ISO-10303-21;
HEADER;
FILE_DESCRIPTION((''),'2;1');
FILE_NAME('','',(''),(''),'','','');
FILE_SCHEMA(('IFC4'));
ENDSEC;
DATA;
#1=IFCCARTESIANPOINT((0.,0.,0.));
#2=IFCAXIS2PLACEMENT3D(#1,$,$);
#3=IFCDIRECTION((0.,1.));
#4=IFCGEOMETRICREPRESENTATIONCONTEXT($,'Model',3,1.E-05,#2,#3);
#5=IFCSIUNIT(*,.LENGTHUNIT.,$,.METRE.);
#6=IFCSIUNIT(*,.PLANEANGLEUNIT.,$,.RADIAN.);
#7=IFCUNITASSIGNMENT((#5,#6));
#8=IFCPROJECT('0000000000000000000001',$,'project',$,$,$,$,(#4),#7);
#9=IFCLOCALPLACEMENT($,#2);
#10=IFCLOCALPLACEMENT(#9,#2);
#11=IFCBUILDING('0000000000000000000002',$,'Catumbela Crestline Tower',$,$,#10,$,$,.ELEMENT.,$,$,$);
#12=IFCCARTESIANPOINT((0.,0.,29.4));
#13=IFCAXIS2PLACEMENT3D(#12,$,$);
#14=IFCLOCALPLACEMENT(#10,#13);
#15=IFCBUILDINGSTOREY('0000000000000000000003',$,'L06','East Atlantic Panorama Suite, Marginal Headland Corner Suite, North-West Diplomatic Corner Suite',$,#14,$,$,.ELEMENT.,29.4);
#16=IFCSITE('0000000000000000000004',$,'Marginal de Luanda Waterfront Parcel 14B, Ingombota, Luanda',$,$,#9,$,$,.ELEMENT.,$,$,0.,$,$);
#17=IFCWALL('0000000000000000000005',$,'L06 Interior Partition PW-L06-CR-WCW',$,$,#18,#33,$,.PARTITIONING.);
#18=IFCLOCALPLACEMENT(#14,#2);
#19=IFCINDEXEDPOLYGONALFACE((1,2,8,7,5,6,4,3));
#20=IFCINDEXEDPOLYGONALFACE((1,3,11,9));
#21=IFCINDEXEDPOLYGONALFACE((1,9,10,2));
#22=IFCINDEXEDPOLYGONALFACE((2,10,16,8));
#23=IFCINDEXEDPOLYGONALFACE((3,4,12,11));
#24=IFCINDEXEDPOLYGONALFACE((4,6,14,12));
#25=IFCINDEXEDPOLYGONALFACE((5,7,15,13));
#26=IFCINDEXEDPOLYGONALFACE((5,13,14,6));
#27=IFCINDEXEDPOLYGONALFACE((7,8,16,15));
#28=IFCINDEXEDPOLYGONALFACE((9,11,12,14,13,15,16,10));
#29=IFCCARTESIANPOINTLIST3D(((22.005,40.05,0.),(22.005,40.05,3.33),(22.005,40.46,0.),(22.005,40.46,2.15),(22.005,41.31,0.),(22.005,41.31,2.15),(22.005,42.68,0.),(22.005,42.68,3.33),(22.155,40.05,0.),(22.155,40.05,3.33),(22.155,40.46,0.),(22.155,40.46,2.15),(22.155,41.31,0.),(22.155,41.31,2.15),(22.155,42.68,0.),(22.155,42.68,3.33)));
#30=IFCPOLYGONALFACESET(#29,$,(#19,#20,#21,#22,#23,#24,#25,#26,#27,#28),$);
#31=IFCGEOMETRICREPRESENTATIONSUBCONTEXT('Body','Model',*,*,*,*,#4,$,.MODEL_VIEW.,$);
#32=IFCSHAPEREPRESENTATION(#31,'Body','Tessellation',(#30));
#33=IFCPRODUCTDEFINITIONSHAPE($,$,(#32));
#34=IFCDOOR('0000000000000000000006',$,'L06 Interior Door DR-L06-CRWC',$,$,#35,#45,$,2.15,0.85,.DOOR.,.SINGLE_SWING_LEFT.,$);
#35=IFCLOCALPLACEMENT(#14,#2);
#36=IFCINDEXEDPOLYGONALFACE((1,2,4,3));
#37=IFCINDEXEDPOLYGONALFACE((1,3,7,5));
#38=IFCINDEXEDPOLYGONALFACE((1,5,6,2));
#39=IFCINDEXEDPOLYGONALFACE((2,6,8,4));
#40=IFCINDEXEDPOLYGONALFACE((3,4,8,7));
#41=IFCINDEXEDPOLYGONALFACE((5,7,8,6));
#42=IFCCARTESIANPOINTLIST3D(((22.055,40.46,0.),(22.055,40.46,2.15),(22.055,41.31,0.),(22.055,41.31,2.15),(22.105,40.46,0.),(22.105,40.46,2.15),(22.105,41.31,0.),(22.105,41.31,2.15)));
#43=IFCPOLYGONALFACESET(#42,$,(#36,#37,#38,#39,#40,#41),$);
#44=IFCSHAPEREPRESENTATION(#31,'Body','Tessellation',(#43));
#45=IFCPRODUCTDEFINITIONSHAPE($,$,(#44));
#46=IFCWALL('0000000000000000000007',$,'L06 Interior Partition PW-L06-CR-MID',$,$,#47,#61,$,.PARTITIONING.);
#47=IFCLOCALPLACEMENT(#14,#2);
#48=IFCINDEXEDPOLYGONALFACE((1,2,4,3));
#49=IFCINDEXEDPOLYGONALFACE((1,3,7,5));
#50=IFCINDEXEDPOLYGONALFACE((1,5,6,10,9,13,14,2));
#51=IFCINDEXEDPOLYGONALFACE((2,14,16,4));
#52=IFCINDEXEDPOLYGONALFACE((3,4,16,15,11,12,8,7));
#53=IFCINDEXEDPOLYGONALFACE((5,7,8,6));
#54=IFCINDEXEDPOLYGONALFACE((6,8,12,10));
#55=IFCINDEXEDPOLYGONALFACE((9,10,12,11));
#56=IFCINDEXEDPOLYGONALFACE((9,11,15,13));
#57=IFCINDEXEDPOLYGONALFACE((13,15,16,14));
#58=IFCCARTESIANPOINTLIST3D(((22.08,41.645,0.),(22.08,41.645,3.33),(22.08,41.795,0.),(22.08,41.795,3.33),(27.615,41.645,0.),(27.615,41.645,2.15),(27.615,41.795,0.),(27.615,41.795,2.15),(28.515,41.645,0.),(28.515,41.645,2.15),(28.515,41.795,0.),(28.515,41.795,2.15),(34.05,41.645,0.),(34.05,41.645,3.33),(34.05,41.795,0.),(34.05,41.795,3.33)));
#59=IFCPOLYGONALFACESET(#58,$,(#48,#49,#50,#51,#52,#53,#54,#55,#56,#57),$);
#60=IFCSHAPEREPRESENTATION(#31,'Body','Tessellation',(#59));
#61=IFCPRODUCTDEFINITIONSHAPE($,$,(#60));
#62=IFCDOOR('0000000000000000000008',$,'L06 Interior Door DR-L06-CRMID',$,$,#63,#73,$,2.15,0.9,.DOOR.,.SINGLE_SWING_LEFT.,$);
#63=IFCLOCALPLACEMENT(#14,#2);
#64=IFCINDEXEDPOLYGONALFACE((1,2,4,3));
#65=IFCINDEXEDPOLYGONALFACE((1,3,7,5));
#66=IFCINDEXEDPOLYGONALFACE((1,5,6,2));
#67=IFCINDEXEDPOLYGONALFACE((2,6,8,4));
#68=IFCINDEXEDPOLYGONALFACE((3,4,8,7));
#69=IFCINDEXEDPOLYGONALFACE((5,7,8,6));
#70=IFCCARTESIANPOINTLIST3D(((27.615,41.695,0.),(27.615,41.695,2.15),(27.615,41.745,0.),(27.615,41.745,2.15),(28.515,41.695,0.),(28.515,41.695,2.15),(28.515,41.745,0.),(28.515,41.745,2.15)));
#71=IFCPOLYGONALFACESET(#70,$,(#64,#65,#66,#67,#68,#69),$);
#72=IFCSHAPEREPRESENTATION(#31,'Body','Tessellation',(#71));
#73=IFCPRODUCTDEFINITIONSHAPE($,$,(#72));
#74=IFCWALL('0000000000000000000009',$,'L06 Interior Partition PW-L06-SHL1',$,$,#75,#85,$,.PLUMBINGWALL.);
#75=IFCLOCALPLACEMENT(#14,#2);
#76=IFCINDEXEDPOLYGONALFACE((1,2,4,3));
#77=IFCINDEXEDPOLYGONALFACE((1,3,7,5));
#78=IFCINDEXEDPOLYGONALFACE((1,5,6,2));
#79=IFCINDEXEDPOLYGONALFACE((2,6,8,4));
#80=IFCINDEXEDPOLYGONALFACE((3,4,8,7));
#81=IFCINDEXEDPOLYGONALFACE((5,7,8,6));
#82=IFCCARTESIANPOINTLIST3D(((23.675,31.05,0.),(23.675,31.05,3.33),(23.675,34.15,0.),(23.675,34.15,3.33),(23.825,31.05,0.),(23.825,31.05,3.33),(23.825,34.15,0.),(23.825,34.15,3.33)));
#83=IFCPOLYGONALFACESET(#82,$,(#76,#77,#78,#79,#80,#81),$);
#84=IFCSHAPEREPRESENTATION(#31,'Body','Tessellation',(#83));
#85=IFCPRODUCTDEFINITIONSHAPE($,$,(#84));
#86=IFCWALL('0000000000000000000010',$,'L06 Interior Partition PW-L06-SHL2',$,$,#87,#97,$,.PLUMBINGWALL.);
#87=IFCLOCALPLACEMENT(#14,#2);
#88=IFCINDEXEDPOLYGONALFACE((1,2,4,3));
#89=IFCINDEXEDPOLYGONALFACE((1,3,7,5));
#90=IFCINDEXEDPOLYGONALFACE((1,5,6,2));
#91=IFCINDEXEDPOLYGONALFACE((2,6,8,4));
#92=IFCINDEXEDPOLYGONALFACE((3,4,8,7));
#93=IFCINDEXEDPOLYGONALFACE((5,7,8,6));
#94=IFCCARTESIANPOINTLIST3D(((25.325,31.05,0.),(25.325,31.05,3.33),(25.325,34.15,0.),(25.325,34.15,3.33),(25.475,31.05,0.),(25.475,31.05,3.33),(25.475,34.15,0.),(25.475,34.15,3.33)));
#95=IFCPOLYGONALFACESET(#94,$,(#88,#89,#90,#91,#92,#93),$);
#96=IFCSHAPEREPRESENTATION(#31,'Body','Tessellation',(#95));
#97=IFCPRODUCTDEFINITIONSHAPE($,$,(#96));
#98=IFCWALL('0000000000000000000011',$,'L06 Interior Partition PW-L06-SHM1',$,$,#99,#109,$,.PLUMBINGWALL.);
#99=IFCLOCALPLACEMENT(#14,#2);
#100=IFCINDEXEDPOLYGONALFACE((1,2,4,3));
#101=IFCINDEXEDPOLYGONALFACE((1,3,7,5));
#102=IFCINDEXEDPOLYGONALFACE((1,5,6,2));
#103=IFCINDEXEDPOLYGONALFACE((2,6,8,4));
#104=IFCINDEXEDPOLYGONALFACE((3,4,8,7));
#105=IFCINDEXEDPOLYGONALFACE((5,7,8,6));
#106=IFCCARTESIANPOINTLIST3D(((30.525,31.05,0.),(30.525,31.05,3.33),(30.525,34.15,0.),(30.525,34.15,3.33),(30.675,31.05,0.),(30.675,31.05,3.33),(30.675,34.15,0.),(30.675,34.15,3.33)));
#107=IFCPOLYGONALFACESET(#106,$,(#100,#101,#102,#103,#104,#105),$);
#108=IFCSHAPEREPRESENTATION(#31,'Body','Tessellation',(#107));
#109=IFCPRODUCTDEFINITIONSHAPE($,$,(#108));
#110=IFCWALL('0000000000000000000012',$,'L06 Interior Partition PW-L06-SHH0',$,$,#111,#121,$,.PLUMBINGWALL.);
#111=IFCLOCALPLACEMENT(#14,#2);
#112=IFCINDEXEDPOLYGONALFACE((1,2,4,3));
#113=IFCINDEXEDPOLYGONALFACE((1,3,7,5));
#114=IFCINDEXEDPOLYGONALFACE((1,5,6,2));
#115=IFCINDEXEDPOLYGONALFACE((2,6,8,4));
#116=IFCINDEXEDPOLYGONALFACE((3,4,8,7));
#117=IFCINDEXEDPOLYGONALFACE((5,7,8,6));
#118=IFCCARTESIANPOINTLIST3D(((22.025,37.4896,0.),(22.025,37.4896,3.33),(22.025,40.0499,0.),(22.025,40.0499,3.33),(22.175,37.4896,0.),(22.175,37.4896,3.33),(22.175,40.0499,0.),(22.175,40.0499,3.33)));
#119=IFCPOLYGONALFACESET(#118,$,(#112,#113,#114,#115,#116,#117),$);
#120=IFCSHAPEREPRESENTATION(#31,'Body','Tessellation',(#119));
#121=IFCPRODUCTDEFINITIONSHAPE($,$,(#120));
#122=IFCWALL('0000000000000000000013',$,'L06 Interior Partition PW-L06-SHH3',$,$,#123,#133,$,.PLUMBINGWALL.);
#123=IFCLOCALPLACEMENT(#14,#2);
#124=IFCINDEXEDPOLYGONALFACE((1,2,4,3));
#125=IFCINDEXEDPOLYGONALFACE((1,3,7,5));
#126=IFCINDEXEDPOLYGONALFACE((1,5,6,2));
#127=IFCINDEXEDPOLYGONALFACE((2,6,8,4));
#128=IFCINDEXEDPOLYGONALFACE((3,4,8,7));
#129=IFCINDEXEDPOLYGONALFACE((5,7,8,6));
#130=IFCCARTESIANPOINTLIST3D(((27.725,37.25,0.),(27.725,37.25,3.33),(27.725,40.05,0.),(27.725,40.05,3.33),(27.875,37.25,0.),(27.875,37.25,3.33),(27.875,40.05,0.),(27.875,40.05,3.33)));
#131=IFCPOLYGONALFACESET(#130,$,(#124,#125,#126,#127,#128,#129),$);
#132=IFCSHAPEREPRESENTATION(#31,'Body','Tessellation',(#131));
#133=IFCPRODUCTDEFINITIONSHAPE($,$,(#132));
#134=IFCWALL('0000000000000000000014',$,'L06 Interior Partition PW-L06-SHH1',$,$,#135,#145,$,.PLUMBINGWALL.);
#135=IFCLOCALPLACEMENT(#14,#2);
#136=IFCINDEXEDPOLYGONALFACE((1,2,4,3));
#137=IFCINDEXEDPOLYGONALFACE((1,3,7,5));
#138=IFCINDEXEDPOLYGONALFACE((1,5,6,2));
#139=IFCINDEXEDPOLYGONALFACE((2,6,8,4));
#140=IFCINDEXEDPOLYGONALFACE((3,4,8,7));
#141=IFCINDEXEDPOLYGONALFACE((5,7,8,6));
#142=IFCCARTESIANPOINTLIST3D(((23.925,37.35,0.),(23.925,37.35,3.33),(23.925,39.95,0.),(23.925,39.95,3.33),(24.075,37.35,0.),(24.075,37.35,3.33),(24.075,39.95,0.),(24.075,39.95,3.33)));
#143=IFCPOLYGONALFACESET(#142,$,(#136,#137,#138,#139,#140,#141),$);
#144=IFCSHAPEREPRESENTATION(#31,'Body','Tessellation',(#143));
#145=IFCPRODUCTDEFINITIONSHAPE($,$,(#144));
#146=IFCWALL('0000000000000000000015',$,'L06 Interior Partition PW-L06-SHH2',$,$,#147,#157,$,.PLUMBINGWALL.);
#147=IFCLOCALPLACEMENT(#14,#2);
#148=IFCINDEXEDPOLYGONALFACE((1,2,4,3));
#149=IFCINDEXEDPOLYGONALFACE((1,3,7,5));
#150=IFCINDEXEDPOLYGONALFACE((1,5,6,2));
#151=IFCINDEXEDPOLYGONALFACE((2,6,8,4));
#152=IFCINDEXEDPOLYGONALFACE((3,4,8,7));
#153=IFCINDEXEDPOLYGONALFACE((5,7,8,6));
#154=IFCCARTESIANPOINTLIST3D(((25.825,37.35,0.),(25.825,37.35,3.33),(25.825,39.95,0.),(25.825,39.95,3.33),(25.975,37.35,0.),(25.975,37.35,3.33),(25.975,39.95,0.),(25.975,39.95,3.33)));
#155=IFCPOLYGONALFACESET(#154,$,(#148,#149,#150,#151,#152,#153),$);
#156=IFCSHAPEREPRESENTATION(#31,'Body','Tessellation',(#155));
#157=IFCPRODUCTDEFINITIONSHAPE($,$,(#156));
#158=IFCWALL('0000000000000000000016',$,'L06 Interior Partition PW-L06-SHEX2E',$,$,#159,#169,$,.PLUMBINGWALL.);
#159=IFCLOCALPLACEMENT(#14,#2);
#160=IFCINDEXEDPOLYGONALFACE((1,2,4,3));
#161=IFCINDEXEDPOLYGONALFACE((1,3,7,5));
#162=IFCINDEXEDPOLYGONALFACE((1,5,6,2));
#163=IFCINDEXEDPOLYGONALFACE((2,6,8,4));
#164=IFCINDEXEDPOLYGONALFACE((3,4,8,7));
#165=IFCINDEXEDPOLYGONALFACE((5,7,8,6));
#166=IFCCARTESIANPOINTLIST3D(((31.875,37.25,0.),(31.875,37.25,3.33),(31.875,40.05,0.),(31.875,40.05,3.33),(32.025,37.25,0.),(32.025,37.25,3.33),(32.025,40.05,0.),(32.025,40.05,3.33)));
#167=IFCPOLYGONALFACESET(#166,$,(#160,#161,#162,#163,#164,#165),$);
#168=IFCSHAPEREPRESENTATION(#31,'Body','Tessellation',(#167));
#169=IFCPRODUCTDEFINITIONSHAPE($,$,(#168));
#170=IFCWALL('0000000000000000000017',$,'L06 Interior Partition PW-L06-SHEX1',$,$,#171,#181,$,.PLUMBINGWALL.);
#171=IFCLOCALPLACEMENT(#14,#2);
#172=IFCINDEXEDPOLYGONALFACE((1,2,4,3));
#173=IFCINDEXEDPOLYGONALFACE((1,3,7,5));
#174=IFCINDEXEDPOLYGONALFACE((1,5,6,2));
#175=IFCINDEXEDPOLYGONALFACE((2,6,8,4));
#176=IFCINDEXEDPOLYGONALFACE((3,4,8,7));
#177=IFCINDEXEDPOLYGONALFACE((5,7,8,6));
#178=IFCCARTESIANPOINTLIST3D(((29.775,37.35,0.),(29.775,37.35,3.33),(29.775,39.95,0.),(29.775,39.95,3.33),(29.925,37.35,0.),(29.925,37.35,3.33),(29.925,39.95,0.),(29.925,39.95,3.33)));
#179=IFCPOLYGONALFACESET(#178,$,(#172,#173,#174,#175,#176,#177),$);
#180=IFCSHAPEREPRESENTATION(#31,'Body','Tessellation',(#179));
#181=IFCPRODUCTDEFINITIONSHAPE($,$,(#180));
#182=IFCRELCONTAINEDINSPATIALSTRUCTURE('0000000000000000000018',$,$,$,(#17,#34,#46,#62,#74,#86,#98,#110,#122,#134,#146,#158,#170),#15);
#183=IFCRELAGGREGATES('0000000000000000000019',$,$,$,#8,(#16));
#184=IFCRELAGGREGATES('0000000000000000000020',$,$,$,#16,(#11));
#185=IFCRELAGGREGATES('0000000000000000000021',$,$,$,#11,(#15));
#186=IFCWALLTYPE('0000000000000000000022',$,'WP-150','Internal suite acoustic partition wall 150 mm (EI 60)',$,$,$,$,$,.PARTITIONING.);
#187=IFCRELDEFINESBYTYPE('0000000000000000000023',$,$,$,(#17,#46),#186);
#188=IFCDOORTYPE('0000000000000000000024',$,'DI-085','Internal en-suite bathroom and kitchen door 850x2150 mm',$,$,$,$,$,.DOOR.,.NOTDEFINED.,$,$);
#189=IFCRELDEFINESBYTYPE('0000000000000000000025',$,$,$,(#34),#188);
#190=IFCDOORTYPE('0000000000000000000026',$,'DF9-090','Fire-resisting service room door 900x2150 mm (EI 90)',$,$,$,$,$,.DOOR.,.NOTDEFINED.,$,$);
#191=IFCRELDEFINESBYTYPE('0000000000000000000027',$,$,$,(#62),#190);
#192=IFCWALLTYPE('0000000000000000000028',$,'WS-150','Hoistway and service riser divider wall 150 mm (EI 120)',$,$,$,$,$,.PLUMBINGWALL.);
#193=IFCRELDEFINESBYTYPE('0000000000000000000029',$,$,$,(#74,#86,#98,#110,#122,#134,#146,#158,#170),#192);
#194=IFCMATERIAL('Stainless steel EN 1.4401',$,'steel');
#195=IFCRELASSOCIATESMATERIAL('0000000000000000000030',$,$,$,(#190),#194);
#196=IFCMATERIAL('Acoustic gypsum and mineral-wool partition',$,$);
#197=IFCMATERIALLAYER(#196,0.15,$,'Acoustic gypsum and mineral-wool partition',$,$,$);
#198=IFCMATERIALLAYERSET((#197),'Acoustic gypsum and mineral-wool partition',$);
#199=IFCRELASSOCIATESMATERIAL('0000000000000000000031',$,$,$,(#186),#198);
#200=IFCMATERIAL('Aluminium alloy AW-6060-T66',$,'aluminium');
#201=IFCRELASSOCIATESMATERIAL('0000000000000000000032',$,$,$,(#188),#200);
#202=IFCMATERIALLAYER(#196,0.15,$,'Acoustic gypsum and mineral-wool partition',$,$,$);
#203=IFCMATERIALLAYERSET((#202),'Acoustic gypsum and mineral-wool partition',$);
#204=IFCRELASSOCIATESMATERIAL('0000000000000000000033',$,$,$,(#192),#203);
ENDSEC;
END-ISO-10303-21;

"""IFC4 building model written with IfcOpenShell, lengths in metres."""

from ifc_helpers import new_model, si_unit, direction, frame, frame_2d, origin, place, context, subcontext, project, spatial, rectangle, extrude, material, layer, layer_set, type_object, element, fill, save


model = new_model("IFC4")

# Units and contexts
model_context = context("Model", 3, precision=1e-05, world=origin(), true_north=direction((0.0, 1.0)))
body_context = subcontext(model_context, "Body", "Model", "MODEL_VIEW")
ifc_project = project(units=[si_unit("LENGTHUNIT", "METRE"), si_unit("PLANEANGLEUNIT", "RADIAN")], contexts=[model_context])

# Site, building, storey
site_placement = place(None, origin())
site = spatial("IfcSite", under=ifc_project, at=site_placement, Name="Marginal de Luanda Waterfront Parcel 14B, Ingombota, Luanda", CompositionType="ELEMENT", RefElevation=0.0)
building_placement = place(site_placement, origin())
building = spatial("IfcBuilding", under=site, at=building_placement, Name="Catumbela Crestline Tower", CompositionType="ELEMENT")
storey_placement = place(building_placement, frame((0.0, 0.0, 29.4)))
storey = spatial("IfcBuildingStorey", under=building, at=storey_placement, Name="L06", Description="East Atlantic Panorama Suite, Marginal Headland Corner Suite, North-West Diplomatic Corner Suite", CompositionType="ELEMENT", Elevation=29.4)

# Shared definitions
ifc_material_1 = material(Name="Aluminium alloy AW-6060-T66", Category="aluminium")

# Shared definitions
ifc_material_2 = material(Name="Stainless steel EN 1.4401", Category="steel")

# Shared definitions
door_type_1 = type_object("IfcDoorType", Name="DF9-090", Description="Fire-resisting service room door 900x2150 mm (EI 90)", OperationType="NOTDEFINED", PredefinedType="DOOR", material=ifc_material_2)

# Walls, openings, doors
ifc_material_3 = material(Name="Acoustic gypsum and mineral-wool partition")
ifc_layer_1 = layer(ifc_material_3, 0.15, Name="Acoustic gypsum and mineral-wool partition")
ifc_layer_set_1 = layer_set([ifc_layer_1], Name="Acoustic gypsum and mineral-wool partition")
wall_type_1 = type_object("IfcWallType", Name="WP-150", Description="Internal suite acoustic partition wall 150 mm (EI 60)", PredefinedType="PARTITIONING", material=ifc_layer_set_1)
wall_1_placement = place(storey_placement, frame((22.08, 40.05, 0.0), z_axis=(0.0, 0.0, 1.0), x_axis=(0.0, 1.0, 0.0)))
wall_1 = element("IfcWall", 1, at=wall_1_placement, inside=storey, type_object=wall_type_1, Name="L06 Interior Partition PW-L06-CR-WCW", PredefinedType="PARTITIONING", context=body_context, shape_type="SweptSolid", body=[
    extrude(rectangle(XDim=2.63, YDim=0.15, at=frame_2d((1.315, 0.0))), origin(), (0.0, 0.0, 1.0), 3.33),
])
opening_1_placement = place(wall_1_placement, frame((0.41, 0.0, 0.0)))
opening_1 = element("IfcOpeningElement", 2, at=opening_1_placement, cuts=wall_1, PredefinedType="OPENING", context=body_context, shape_type="SweptSolid", body=[
    extrude(rectangle(XDim=0.85, YDim=2.15, at=frame_2d((0.425, 1.075))), frame((0.0, 0.085, 0.0), z_axis=(0.0, -1.0, 0.0), x_axis=(1.0, 0.0, 0.0)), (0.0, 0.0, 1.0), 0.17),
])
door_type_2 = type_object("IfcDoorType", Name="DI-085", Description="Internal en-suite bathroom and kitchen door 850x2150 mm", OperationType="NOTDEFINED", PredefinedType="DOOR", material=ifc_material_1)
door_1_placement = place(opening_1_placement, origin())
door_1 = element("IfcDoor", 3, at=door_1_placement, inside=storey, type_object=door_type_2, Name="L06 Interior Door DR-L06-CRWC", OperationType="SINGLE_SWING_LEFT", OverallHeight=2.15, OverallWidth=0.85, PredefinedType="DOOR", context=body_context, shape_type="SweptSolid", body=[
    extrude(rectangle(XDim=0.85, YDim=2.15, at=frame_2d((0.425, 1.075))), frame((0.0, 0.025, 0.0), z_axis=(0.0, -1.0, 0.0), x_axis=(1.0, 0.0, 0.0)), (0.0, 0.0, 1.0), 0.05),
])
fill(opening_1, door_1)
wall_2_placement = place(storey_placement, frame((22.08, 41.72, 0.0), z_axis=(0.0, 0.0, 1.0), x_axis=(1.0, 0.0, 0.0)))
wall_2 = element("IfcWall", 4, at=wall_2_placement, inside=storey, type_object=wall_type_1, Name="L06 Interior Partition PW-L06-CR-MID", PredefinedType="PARTITIONING", context=body_context, shape_type="SweptSolid", body=[
    extrude(rectangle(XDim=11.97, YDim=0.15, at=frame_2d((5.985, 0.0))), origin(), (0.0, 0.0, 1.0), 3.33),
])
opening_2_placement = place(wall_2_placement, frame((5.535, 0.0, 0.0)))
opening_2 = element("IfcOpeningElement", 5, at=opening_2_placement, cuts=wall_2, PredefinedType="OPENING", context=body_context, shape_type="SweptSolid", body=[
    extrude(rectangle(XDim=0.9, YDim=2.15, at=frame_2d((0.45, 1.075))), frame((0.0, 0.085, 0.0), z_axis=(0.0, -1.0, 0.0), x_axis=(1.0, 0.0, 0.0)), (0.0, 0.0, 1.0), 0.17),
])
door_2_placement = place(opening_2_placement, origin())
door_2 = element("IfcDoor", 6, at=door_2_placement, inside=storey, type_object=door_type_1, Name="L06 Interior Door DR-L06-CRMID", OperationType="SINGLE_SWING_LEFT", OverallHeight=2.15, OverallWidth=0.9, PredefinedType="DOOR", context=body_context, shape_type="SweptSolid", body=[
    extrude(rectangle(XDim=0.9, YDim=2.15, at=frame_2d((0.45, 1.075))), frame((0.0, 0.025, 0.0), z_axis=(0.0, -1.0, 0.0), x_axis=(1.0, 0.0, 0.0)), (0.0, 0.0, 1.0), 0.05),
])
fill(opening_2, door_2)

# Walls
ifc_layer_2 = layer(ifc_material_3, 0.15, Name="Acoustic gypsum and mineral-wool partition")
ifc_layer_set_2 = layer_set([ifc_layer_2], Name="Acoustic gypsum and mineral-wool partition")
wall_type_2 = type_object("IfcWallType", Name="WS-150", Description="Hoistway and service riser divider wall 150 mm (EI 120)", PredefinedType="PLUMBINGWALL", material=ifc_layer_set_2)
for number, where, z_axis, x_axis, name in (
    (7, (23.75, 31.05, 0.0), (0.0, 0.0, 1.0), (0.0, 1.0, 0.0), "L06 Interior Partition PW-L06-SHL1"),
    (8, (25.4, 31.05, 0.0), (0.0, 0.0, 1.0), (0.0, 1.0, 0.0), "L06 Interior Partition PW-L06-SHL2"),
    (9, (30.6, 31.05, 0.0), (0.0, 0.0, 1.0), (0.0, 1.0, 0.0), "L06 Interior Partition PW-L06-SHM1"),
):
    element("IfcWall", number, at=place(storey_placement, frame(where, z_axis=z_axis, x_axis=x_axis)), inside=storey, type_object=wall_type_2, Name=name, PredefinedType="PLUMBINGWALL", context=body_context, shape_type="SweptSolid", body=[
        extrude(rectangle(XDim=3.1, YDim=0.15, at=frame_2d((1.55, 0.0))), origin(), (0.0, 0.0, 1.0), 3.33),
    ])
wall_3_placement = place(storey_placement, frame((22.1, 37.4897, 0.0), z_axis=(0.0, 0.0, 1.0), x_axis=(0.0, 1.0, 0.0)))
element("IfcWall", 10, at=wall_3_placement, inside=storey, type_object=wall_type_2, Name="L06 Interior Partition PW-L06-SHH0", PredefinedType="PLUMBINGWALL", context=body_context, shape_type="SweptSolid", body=[
    extrude(rectangle(XDim=2.5603, YDim=0.15, at=frame_2d((1.2801, 0.0))), origin(), (0.0, 0.0, 1.0), 3.33),
])
wall_4_placement = place(storey_placement, frame((27.8, 37.25, 0.0), z_axis=(0.0, 0.0, 1.0), x_axis=(0.0, 1.0, 0.0)))
element("IfcWall", 11, at=wall_4_placement, inside=storey, type_object=wall_type_2, Name="L06 Interior Partition PW-L06-SHH3", PredefinedType="PLUMBINGWALL", context=body_context, shape_type="SweptSolid", body=[
    extrude(rectangle(XDim=2.8, YDim=0.15, at=frame_2d((1.4, 0.0))), origin(), (0.0, 0.0, 1.0), 3.33),
])
for number, where, z_axis, x_axis, name in (
    (12, (24.0, 37.35, 0.0), (0.0, 0.0, 1.0), (0.0, 1.0, 0.0), "L06 Interior Partition PW-L06-SHH1"),
    (13, (25.9, 37.35, 0.0), (0.0, 0.0, 1.0), (0.0, 1.0, 0.0), "L06 Interior Partition PW-L06-SHH2"),
):
    element("IfcWall", number, at=place(storey_placement, frame(where, z_axis=z_axis, x_axis=x_axis)), inside=storey, type_object=wall_type_2, Name=name, PredefinedType="PLUMBINGWALL", context=body_context, shape_type="SweptSolid", body=[
        extrude(rectangle(XDim=2.6, YDim=0.15, at=frame_2d((1.3, 0.0))), origin(), (0.0, 0.0, 1.0), 3.33),
    ])
wall_5_placement = place(storey_placement, frame((31.95, 37.25, 0.0), z_axis=(0.0, 0.0, 1.0), x_axis=(0.0, 1.0, 0.0)))
element("IfcWall", 14, at=wall_5_placement, inside=storey, type_object=wall_type_2, Name="L06 Interior Partition PW-L06-SHEX2E", PredefinedType="PLUMBINGWALL", context=body_context, shape_type="SweptSolid", body=[
    extrude(rectangle(XDim=2.8, YDim=0.15, at=frame_2d((1.4, 0.0))), origin(), (0.0, 0.0, 1.0), 3.33),
])
wall_6_placement = place(storey_placement, frame((29.85, 37.35, 0.0), z_axis=(0.0, 0.0, 1.0), x_axis=(0.0, 1.0, 0.0)))
element("IfcWall", 15, at=wall_6_placement, inside=storey, type_object=wall_type_2, Name="L06 Interior Partition PW-L06-SHEX1", PredefinedType="PLUMBINGWALL", context=body_context, shape_type="SweptSolid", body=[
    extrude(rectangle(XDim=2.6, YDim=0.15, at=frame_2d((1.3, 0.0))), origin(), (0.0, 0.0, 1.0), 3.33),
])

save(model, "model.ifc")
